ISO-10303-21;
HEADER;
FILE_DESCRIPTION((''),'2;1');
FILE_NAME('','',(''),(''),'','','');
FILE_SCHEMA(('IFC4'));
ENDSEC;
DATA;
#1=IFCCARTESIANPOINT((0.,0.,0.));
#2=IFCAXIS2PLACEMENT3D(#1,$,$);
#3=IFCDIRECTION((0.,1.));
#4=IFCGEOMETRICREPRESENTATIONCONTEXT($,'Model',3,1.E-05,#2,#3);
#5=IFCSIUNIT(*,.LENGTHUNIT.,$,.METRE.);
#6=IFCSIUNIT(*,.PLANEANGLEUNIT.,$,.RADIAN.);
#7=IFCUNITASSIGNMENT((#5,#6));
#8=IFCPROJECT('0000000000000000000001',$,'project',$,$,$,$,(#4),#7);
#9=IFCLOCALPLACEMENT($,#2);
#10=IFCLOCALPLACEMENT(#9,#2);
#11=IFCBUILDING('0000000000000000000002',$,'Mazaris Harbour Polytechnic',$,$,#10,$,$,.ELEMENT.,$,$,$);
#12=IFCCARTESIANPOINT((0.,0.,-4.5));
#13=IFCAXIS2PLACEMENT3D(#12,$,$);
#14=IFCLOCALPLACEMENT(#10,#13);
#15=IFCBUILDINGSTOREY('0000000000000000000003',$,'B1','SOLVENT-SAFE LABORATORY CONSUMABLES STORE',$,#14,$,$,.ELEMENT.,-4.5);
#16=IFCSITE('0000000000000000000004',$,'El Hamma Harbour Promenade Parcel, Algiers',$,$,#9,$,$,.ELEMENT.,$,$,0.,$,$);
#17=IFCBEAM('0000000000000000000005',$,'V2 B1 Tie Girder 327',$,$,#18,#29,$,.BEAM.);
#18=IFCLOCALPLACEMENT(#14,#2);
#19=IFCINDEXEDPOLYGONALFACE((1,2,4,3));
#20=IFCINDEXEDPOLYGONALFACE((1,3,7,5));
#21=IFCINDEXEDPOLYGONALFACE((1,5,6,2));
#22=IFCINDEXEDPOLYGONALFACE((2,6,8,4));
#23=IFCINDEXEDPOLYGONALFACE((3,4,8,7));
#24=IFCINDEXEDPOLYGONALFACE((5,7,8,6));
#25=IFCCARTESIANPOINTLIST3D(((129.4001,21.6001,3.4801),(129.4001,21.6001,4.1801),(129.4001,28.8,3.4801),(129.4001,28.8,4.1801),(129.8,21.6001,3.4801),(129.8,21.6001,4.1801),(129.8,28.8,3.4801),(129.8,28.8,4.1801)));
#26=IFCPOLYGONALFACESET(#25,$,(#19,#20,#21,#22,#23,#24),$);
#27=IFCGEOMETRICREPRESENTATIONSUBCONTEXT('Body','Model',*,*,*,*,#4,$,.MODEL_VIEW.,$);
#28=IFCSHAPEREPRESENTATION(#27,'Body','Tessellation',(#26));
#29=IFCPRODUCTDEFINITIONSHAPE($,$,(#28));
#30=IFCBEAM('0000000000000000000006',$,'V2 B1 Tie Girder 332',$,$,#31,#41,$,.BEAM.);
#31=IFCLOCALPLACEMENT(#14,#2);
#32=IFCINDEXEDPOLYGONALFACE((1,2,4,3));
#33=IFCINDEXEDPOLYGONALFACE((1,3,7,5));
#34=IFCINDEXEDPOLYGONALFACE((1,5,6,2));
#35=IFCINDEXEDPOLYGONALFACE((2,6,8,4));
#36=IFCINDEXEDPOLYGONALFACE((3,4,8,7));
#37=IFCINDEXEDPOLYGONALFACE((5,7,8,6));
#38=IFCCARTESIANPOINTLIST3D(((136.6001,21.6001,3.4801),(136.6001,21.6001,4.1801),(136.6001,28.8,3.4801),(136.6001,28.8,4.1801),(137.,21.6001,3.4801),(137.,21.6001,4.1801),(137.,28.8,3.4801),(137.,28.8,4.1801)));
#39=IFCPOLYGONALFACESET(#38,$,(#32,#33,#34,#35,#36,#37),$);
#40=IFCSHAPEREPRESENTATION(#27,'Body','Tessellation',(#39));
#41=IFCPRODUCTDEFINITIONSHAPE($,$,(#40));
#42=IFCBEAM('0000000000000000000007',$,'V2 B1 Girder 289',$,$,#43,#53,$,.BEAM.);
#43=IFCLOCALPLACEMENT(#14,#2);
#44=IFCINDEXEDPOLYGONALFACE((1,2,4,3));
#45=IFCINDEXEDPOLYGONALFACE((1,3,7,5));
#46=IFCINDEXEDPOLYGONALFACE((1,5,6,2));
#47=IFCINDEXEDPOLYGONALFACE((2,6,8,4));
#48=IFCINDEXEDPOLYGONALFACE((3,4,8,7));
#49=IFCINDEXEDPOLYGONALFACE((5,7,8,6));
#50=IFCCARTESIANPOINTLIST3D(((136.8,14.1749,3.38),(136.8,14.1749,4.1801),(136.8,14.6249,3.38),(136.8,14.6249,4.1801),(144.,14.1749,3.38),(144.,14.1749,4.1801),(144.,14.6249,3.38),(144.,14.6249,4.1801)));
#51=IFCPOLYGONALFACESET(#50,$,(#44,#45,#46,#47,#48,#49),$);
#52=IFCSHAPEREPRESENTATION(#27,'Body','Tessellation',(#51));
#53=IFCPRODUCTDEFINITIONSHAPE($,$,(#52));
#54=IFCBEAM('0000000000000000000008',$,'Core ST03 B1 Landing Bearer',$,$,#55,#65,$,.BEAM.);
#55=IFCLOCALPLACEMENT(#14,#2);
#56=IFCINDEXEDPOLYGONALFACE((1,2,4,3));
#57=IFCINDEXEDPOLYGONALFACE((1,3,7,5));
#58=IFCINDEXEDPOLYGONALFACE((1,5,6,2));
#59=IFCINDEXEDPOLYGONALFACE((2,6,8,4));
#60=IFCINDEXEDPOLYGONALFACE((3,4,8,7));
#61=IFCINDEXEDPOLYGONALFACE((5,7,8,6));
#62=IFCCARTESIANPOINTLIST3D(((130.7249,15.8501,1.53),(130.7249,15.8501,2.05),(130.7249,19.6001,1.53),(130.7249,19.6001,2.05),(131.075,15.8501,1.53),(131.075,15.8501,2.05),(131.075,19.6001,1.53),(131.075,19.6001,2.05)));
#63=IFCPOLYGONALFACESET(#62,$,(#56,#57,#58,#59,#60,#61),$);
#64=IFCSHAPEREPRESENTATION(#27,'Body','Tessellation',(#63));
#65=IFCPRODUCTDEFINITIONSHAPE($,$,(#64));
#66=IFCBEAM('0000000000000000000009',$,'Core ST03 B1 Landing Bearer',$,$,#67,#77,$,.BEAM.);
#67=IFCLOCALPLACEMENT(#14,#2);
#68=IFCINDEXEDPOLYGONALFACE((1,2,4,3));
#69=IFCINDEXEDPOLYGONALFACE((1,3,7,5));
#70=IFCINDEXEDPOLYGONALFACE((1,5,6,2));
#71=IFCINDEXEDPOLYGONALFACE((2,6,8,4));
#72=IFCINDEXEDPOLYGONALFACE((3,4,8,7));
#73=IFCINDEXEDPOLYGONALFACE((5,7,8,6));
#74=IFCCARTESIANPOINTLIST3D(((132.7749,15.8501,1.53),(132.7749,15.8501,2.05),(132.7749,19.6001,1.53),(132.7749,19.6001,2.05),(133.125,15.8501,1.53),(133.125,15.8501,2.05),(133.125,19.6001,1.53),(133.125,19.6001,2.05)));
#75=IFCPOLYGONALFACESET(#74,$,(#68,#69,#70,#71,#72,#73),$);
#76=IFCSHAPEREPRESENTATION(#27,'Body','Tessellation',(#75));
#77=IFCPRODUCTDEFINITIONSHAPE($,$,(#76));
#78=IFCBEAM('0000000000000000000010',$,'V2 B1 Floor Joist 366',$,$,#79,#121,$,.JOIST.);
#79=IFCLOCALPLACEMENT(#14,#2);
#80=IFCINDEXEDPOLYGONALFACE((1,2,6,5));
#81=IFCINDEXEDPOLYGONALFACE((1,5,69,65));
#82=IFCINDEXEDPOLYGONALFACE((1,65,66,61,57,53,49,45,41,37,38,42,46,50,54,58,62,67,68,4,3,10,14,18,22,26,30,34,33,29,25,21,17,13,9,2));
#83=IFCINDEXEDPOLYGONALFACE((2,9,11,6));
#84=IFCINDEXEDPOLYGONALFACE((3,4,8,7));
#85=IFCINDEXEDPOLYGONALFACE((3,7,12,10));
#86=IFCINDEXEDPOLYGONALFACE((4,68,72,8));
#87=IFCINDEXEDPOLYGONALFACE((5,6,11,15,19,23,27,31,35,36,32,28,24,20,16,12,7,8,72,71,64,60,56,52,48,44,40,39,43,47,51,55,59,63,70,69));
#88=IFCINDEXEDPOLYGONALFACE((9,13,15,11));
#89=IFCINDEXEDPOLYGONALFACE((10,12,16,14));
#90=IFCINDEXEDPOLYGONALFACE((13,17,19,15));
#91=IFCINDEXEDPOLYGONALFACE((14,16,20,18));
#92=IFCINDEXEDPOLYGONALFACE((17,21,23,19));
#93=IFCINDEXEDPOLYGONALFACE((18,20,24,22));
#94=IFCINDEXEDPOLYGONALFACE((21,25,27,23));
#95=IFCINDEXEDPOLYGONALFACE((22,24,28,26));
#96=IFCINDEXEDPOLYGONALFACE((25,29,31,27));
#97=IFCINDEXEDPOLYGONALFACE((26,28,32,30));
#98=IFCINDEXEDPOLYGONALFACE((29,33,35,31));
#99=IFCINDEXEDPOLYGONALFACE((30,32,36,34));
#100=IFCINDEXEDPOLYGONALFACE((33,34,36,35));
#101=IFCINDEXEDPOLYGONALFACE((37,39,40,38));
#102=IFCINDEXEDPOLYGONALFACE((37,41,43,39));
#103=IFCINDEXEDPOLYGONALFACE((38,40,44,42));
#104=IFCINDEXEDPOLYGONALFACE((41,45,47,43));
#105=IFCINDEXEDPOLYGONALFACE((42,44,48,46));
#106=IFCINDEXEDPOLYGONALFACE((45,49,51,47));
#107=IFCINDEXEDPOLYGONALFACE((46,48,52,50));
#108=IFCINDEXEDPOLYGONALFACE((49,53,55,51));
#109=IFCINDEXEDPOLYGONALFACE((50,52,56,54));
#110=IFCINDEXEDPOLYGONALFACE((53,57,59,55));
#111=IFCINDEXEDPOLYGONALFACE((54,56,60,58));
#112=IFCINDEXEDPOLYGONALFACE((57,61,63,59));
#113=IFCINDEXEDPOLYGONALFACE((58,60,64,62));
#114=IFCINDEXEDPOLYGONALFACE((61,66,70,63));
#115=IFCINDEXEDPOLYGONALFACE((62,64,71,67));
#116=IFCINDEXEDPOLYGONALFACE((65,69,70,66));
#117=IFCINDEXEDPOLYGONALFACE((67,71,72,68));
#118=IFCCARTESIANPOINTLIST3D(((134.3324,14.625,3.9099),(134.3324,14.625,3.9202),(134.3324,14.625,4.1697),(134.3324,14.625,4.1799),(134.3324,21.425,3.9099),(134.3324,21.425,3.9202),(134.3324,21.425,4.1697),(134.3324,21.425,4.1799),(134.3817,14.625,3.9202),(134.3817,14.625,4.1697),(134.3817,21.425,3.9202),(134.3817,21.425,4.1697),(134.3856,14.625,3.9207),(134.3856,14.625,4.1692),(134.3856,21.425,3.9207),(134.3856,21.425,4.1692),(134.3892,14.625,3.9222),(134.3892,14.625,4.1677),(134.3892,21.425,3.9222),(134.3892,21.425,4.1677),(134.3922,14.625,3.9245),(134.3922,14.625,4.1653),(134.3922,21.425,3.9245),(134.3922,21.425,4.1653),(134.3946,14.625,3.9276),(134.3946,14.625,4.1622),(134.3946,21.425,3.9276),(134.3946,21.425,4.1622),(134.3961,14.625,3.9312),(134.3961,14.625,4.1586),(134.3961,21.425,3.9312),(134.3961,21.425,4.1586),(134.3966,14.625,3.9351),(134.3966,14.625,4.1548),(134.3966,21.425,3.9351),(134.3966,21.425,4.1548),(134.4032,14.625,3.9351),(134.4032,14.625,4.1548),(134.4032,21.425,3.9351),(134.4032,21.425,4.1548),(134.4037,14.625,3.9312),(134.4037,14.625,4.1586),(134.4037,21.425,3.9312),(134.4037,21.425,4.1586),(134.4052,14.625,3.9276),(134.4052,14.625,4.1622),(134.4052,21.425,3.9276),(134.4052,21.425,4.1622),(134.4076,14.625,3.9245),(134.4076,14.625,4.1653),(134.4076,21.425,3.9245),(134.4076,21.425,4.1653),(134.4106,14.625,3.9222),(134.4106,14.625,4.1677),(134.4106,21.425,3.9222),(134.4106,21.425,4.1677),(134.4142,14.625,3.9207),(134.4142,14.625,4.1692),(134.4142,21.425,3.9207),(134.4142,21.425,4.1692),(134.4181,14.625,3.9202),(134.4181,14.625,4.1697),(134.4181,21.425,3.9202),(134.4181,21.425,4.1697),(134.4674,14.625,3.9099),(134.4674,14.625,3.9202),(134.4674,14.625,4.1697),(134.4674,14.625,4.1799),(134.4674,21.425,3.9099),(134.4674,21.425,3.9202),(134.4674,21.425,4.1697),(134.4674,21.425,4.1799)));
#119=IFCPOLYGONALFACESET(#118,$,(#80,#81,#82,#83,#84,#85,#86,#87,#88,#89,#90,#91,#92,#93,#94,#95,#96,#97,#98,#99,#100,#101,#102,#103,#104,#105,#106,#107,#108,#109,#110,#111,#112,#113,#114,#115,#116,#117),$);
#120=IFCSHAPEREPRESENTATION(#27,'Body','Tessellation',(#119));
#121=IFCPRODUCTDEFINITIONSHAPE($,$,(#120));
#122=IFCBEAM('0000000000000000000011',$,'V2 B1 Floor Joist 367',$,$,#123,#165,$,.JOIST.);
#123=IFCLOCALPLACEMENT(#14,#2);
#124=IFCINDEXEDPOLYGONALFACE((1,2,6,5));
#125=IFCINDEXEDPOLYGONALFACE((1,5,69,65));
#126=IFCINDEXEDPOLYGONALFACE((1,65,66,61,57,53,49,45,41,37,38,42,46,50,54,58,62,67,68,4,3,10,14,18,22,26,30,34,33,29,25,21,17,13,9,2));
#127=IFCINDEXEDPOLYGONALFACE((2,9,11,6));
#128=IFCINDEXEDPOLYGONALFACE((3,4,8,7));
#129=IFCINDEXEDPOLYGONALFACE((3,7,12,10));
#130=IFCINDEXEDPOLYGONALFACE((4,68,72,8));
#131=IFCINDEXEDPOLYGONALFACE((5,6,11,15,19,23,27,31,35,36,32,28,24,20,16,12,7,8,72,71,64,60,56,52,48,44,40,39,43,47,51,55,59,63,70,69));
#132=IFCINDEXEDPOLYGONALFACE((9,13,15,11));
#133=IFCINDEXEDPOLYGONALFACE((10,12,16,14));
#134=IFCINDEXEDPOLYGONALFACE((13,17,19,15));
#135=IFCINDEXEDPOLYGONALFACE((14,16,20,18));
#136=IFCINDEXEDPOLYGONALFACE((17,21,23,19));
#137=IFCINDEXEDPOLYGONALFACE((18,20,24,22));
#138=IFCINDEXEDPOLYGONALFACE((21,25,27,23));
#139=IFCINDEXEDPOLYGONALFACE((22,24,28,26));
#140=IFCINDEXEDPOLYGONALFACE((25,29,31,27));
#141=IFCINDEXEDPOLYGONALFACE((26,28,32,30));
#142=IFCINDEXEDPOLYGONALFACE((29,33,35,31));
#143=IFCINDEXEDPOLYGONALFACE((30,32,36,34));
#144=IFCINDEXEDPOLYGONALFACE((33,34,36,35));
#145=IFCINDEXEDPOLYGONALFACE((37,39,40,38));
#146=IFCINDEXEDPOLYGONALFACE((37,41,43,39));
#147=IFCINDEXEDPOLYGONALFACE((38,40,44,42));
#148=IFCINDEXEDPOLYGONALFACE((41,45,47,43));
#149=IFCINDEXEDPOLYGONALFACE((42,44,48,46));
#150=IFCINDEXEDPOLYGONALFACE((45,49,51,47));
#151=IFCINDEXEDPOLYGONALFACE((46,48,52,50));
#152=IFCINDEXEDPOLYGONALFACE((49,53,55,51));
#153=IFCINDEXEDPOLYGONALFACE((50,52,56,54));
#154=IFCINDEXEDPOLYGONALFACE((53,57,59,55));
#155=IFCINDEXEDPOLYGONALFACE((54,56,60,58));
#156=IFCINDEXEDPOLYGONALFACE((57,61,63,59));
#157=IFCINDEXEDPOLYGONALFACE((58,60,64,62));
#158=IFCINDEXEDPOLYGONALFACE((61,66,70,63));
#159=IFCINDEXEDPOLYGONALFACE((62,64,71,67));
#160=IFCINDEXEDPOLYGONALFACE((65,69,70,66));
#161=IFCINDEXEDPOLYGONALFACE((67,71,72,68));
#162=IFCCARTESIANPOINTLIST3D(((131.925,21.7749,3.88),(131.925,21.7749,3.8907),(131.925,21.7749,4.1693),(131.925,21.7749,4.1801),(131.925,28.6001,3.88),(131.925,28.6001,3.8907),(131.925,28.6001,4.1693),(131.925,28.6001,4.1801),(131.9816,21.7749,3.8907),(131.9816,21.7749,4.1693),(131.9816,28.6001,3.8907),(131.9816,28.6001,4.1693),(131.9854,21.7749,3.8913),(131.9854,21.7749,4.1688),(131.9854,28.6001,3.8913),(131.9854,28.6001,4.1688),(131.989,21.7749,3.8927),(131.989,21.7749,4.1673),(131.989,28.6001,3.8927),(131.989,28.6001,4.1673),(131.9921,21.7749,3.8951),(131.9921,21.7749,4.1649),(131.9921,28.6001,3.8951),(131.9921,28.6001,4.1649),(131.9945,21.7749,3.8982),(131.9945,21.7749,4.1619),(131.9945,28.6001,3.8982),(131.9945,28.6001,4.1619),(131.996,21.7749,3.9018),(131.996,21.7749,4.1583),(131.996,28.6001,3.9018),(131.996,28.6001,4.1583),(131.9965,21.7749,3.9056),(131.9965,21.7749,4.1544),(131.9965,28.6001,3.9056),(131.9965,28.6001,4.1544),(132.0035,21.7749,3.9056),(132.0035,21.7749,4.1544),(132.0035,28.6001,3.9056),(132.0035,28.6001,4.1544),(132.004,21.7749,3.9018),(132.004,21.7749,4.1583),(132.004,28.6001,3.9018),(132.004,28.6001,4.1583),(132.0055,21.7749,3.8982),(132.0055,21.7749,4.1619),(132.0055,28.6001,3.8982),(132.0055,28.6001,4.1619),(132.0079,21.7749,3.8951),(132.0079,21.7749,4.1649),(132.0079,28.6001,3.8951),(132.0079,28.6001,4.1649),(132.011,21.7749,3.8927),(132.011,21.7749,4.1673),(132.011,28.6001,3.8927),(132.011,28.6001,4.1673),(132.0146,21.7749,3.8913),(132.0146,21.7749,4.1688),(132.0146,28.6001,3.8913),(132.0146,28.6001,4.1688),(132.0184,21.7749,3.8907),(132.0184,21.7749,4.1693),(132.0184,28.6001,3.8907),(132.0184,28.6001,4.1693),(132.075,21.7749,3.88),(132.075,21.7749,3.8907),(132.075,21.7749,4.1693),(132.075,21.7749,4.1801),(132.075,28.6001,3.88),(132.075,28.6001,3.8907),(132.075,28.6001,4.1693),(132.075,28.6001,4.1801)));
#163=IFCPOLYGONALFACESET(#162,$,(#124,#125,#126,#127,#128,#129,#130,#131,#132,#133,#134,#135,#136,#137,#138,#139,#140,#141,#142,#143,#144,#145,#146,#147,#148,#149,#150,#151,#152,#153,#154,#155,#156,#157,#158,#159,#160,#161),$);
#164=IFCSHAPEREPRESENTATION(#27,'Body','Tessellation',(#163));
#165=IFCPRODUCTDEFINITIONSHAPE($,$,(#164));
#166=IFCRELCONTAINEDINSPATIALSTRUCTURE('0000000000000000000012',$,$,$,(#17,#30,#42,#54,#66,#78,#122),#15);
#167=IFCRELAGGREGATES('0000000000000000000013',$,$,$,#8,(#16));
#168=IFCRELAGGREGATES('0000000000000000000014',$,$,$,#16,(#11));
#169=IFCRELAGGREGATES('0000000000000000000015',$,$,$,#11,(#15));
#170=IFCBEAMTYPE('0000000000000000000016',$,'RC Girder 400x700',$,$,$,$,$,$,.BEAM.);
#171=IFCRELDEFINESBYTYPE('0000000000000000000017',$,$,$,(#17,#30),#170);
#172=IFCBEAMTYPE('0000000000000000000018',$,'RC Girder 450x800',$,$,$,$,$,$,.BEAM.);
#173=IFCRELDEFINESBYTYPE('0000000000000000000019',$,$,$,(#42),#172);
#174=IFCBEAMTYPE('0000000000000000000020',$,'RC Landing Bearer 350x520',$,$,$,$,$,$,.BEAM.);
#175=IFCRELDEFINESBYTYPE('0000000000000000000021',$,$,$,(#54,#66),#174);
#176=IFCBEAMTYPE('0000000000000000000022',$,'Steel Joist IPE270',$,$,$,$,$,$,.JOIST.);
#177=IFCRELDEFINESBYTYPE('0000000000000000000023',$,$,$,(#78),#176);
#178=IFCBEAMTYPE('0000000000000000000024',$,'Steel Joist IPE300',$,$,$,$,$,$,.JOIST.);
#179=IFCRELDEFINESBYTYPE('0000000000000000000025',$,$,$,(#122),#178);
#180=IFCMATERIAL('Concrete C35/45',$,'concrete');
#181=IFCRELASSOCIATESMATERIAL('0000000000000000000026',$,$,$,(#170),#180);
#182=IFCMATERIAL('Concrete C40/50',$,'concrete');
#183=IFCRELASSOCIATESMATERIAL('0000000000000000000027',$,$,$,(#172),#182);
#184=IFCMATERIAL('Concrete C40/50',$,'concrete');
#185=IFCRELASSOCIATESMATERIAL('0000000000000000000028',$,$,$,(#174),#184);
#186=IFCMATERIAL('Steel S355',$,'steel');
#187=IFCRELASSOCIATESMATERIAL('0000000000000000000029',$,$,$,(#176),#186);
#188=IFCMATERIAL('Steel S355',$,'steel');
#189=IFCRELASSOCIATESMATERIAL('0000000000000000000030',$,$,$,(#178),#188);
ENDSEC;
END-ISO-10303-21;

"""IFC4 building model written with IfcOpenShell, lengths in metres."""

from ifc_helpers import new_model, si_unit, direction, frame, origin, origin_2d, place, context, subcontext, project, spatial, rectangle, i_section, extrude, material, material_profile, profile_set, type_object, element, save


model = new_model("IFC4")

# Units and contexts
model_context = context("Model", 3, precision=1e-05, world=origin(), true_north=direction((0.0, 1.0)))
body_context = subcontext(model_context, "Body", "Model", "MODEL_VIEW")
ifc_project = project(units=[si_unit("LENGTHUNIT", "METRE"), si_unit("PLANEANGLEUNIT", "RADIAN")], contexts=[model_context])

# Site, building, storey
site_placement = place(None, origin())
site = spatial("IfcSite", under=ifc_project, at=site_placement, Name="El Hamma Harbour Promenade Parcel, Algiers", CompositionType="ELEMENT", RefElevation=0.0)
building_placement = place(site_placement, origin())
building = spatial("IfcBuilding", under=site, at=building_placement, Name="Mazaris Harbour Polytechnic", CompositionType="ELEMENT")
storey_placement = place(building_placement, frame((0.0, 0.0, -4.5)))
storey = spatial("IfcBuildingStorey", under=building, at=storey_placement, Name="B1", Description="SOLVENT-SAFE LABORATORY CONSUMABLES STORE", CompositionType="ELEMENT", Elevation=-4.5)

# Beams
ifc_material_1 = material(Name="Concrete C35/45", Category="concrete")
ifc_material_profile_1 = material_profile(ifc_material_1, rectangle(XDim=0.3999, YDim=0.7, at=origin_2d()), Name="RECT400x700")
ifc_profile_set_1 = profile_set([ifc_material_profile_1], Name="Concrete C35/45")
beam_type_1 = type_object("IfcBeamType", Name="RC Girder 400x700", PredefinedType="BEAM", material=ifc_profile_set_1)
for number, where, z_axis, x_axis, name in (
    (1, (129.6001, 21.6001, 3.8301), (0.0, 1.0, 0.0), (-1.0, 0.0, 0.0), "V2 B1 Tie Girder 327"),
    (2, (136.8, 21.6001, 3.8301), (0.0, 1.0, 0.0), (-1.0, 0.0, 0.0), "V2 B1 Tie Girder 332"),
):
    element("IfcBeam", number, at=place(storey_placement, frame(where, z_axis=z_axis, x_axis=x_axis)), inside=storey, type_object=beam_type_1, Name=name, PredefinedType="BEAM", context=body_context, shape_type="SweptSolid", body=[
        extrude(rectangle(XDim=0.3999, YDim=0.7, at=origin_2d()), origin(), (0.0, 0.0, 1.0), 7.2),
    ])
ifc_material_2 = material(Name="Concrete C40/50", Category="concrete")
ifc_material_profile_2 = material_profile(ifc_material_2, rectangle(XDim=0.45, YDim=0.8, at=origin_2d()), Name="RECT450x800")
ifc_profile_set_2 = profile_set([ifc_material_profile_2], Name="Concrete C40/50")
beam_type_2 = type_object("IfcBeamType", Name="RC Girder 450x800", PredefinedType="BEAM", material=ifc_profile_set_2)
beam_1_placement = place(storey_placement, frame((136.8, 14.3999, 3.78), z_axis=(1.0, 0.0, 0.0), x_axis=(0.0, 1.0, 0.0)))
element("IfcBeam", 3, at=beam_1_placement, inside=storey, type_object=beam_type_2, Name="V2 B1 Girder 289", PredefinedType="BEAM", context=body_context, shape_type="SweptSolid", body=[
    extrude(rectangle(XDim=0.45, YDim=0.8, at=origin_2d()), origin(), (0.0, 0.0, 1.0), 7.2),
])
ifc_material_3 = material(Name="Concrete C40/50", Category="concrete")
ifc_material_profile_3 = material_profile(ifc_material_3, rectangle(XDim=0.3501, YDim=0.52, at=origin_2d()), Name="RECT350x520")
ifc_profile_set_3 = profile_set([ifc_material_profile_3], Name="Concrete C40/50")
beam_type_3 = type_object("IfcBeamType", Name="RC Landing Bearer 350x520", PredefinedType="BEAM", material=ifc_profile_set_3)
for number, where, z_axis, x_axis, name in (
    (4, (130.8999, 15.8501, 1.79), (0.0, 1.0, 0.0), (-1.0, 0.0, 0.0), "Core ST03 B1 Landing Bearer"),
    (5, (132.95, 15.8501, 1.79), (0.0, 1.0, 0.0), (-1.0, 0.0, 0.0), "Core ST03 B1 Landing Bearer"),
):
    element("IfcBeam", number, at=place(storey_placement, frame(where, z_axis=z_axis, x_axis=x_axis)), inside=storey, type_object=beam_type_3, Name=name, PredefinedType="BEAM", context=body_context, shape_type="SweptSolid", body=[
        extrude(rectangle(XDim=0.3501, YDim=0.52, at=origin_2d()), origin(), (0.0, 0.0, 1.0), 3.75),
    ])
ifc_material_4 = material(Name="Steel S355", Category="steel")
ifc_material_profile_4 = material_profile(ifc_material_4, i_section(OverallWidth=0.135, OverallDepth=0.27, WebThickness=0.0066, FlangeThickness=0.0103, FilletRadius=0.0149, at=origin_2d()), Name="IPE 270")
ifc_profile_set_4 = profile_set([ifc_material_profile_4], Name="Steel S355")
beam_type_4 = type_object("IfcBeamType", Name="Steel Joist IPE270", PredefinedType="JOIST", material=ifc_profile_set_4)
beam_2_placement = place(storey_placement, frame((134.3999, 14.625, 4.0449), z_axis=(0.0, 1.0, 0.0), x_axis=(-1.0, 0.0, 0.0)))
element("IfcBeam", 6, at=beam_2_placement, inside=storey, type_object=beam_type_4, Name="V2 B1 Floor Joist 366", PredefinedType="JOIST", context=body_context, shape_type="SweptSolid", body=[
    extrude(i_section(OverallWidth=0.135, OverallDepth=0.27, WebThickness=0.0066, FlangeThickness=0.0103, FilletRadius=0.0149, at=origin_2d()), origin(), (0.0, 0.0, 1.0), 6.8),
])
ifc_material_5 = material(Name="Steel S355", Category="steel")
ifc_material_profile_5 = material_profile(ifc_material_5, i_section(OverallWidth=0.1499, OverallDepth=0.3, WebThickness=0.0071, FlangeThickness=0.0107, FilletRadius=0.0149, at=origin_2d()), Name="IPE 300")
ifc_profile_set_5 = profile_set([ifc_material_profile_5], Name="Steel S355")
beam_type_5 = type_object("IfcBeamType", Name="Steel Joist IPE300", PredefinedType="JOIST", material=ifc_profile_set_5)
beam_3_placement = place(storey_placement, frame((132.0, 21.7749, 4.03), z_axis=(0.0, 1.0, 0.0), x_axis=(-1.0, 0.0, 0.0)))
element("IfcBeam", 7, at=beam_3_placement, inside=storey, type_object=beam_type_5, Name="V2 B1 Floor Joist 367", PredefinedType="JOIST", context=body_context, shape_type="SweptSolid", body=[
    extrude(i_section(OverallWidth=0.1499, OverallDepth=0.3, WebThickness=0.0071, FlangeThickness=0.0107, FilletRadius=0.0149, at=origin_2d()), origin(), (0.0, 0.0, 1.0), 6.8252),
])

save(model, "model.ifc")
